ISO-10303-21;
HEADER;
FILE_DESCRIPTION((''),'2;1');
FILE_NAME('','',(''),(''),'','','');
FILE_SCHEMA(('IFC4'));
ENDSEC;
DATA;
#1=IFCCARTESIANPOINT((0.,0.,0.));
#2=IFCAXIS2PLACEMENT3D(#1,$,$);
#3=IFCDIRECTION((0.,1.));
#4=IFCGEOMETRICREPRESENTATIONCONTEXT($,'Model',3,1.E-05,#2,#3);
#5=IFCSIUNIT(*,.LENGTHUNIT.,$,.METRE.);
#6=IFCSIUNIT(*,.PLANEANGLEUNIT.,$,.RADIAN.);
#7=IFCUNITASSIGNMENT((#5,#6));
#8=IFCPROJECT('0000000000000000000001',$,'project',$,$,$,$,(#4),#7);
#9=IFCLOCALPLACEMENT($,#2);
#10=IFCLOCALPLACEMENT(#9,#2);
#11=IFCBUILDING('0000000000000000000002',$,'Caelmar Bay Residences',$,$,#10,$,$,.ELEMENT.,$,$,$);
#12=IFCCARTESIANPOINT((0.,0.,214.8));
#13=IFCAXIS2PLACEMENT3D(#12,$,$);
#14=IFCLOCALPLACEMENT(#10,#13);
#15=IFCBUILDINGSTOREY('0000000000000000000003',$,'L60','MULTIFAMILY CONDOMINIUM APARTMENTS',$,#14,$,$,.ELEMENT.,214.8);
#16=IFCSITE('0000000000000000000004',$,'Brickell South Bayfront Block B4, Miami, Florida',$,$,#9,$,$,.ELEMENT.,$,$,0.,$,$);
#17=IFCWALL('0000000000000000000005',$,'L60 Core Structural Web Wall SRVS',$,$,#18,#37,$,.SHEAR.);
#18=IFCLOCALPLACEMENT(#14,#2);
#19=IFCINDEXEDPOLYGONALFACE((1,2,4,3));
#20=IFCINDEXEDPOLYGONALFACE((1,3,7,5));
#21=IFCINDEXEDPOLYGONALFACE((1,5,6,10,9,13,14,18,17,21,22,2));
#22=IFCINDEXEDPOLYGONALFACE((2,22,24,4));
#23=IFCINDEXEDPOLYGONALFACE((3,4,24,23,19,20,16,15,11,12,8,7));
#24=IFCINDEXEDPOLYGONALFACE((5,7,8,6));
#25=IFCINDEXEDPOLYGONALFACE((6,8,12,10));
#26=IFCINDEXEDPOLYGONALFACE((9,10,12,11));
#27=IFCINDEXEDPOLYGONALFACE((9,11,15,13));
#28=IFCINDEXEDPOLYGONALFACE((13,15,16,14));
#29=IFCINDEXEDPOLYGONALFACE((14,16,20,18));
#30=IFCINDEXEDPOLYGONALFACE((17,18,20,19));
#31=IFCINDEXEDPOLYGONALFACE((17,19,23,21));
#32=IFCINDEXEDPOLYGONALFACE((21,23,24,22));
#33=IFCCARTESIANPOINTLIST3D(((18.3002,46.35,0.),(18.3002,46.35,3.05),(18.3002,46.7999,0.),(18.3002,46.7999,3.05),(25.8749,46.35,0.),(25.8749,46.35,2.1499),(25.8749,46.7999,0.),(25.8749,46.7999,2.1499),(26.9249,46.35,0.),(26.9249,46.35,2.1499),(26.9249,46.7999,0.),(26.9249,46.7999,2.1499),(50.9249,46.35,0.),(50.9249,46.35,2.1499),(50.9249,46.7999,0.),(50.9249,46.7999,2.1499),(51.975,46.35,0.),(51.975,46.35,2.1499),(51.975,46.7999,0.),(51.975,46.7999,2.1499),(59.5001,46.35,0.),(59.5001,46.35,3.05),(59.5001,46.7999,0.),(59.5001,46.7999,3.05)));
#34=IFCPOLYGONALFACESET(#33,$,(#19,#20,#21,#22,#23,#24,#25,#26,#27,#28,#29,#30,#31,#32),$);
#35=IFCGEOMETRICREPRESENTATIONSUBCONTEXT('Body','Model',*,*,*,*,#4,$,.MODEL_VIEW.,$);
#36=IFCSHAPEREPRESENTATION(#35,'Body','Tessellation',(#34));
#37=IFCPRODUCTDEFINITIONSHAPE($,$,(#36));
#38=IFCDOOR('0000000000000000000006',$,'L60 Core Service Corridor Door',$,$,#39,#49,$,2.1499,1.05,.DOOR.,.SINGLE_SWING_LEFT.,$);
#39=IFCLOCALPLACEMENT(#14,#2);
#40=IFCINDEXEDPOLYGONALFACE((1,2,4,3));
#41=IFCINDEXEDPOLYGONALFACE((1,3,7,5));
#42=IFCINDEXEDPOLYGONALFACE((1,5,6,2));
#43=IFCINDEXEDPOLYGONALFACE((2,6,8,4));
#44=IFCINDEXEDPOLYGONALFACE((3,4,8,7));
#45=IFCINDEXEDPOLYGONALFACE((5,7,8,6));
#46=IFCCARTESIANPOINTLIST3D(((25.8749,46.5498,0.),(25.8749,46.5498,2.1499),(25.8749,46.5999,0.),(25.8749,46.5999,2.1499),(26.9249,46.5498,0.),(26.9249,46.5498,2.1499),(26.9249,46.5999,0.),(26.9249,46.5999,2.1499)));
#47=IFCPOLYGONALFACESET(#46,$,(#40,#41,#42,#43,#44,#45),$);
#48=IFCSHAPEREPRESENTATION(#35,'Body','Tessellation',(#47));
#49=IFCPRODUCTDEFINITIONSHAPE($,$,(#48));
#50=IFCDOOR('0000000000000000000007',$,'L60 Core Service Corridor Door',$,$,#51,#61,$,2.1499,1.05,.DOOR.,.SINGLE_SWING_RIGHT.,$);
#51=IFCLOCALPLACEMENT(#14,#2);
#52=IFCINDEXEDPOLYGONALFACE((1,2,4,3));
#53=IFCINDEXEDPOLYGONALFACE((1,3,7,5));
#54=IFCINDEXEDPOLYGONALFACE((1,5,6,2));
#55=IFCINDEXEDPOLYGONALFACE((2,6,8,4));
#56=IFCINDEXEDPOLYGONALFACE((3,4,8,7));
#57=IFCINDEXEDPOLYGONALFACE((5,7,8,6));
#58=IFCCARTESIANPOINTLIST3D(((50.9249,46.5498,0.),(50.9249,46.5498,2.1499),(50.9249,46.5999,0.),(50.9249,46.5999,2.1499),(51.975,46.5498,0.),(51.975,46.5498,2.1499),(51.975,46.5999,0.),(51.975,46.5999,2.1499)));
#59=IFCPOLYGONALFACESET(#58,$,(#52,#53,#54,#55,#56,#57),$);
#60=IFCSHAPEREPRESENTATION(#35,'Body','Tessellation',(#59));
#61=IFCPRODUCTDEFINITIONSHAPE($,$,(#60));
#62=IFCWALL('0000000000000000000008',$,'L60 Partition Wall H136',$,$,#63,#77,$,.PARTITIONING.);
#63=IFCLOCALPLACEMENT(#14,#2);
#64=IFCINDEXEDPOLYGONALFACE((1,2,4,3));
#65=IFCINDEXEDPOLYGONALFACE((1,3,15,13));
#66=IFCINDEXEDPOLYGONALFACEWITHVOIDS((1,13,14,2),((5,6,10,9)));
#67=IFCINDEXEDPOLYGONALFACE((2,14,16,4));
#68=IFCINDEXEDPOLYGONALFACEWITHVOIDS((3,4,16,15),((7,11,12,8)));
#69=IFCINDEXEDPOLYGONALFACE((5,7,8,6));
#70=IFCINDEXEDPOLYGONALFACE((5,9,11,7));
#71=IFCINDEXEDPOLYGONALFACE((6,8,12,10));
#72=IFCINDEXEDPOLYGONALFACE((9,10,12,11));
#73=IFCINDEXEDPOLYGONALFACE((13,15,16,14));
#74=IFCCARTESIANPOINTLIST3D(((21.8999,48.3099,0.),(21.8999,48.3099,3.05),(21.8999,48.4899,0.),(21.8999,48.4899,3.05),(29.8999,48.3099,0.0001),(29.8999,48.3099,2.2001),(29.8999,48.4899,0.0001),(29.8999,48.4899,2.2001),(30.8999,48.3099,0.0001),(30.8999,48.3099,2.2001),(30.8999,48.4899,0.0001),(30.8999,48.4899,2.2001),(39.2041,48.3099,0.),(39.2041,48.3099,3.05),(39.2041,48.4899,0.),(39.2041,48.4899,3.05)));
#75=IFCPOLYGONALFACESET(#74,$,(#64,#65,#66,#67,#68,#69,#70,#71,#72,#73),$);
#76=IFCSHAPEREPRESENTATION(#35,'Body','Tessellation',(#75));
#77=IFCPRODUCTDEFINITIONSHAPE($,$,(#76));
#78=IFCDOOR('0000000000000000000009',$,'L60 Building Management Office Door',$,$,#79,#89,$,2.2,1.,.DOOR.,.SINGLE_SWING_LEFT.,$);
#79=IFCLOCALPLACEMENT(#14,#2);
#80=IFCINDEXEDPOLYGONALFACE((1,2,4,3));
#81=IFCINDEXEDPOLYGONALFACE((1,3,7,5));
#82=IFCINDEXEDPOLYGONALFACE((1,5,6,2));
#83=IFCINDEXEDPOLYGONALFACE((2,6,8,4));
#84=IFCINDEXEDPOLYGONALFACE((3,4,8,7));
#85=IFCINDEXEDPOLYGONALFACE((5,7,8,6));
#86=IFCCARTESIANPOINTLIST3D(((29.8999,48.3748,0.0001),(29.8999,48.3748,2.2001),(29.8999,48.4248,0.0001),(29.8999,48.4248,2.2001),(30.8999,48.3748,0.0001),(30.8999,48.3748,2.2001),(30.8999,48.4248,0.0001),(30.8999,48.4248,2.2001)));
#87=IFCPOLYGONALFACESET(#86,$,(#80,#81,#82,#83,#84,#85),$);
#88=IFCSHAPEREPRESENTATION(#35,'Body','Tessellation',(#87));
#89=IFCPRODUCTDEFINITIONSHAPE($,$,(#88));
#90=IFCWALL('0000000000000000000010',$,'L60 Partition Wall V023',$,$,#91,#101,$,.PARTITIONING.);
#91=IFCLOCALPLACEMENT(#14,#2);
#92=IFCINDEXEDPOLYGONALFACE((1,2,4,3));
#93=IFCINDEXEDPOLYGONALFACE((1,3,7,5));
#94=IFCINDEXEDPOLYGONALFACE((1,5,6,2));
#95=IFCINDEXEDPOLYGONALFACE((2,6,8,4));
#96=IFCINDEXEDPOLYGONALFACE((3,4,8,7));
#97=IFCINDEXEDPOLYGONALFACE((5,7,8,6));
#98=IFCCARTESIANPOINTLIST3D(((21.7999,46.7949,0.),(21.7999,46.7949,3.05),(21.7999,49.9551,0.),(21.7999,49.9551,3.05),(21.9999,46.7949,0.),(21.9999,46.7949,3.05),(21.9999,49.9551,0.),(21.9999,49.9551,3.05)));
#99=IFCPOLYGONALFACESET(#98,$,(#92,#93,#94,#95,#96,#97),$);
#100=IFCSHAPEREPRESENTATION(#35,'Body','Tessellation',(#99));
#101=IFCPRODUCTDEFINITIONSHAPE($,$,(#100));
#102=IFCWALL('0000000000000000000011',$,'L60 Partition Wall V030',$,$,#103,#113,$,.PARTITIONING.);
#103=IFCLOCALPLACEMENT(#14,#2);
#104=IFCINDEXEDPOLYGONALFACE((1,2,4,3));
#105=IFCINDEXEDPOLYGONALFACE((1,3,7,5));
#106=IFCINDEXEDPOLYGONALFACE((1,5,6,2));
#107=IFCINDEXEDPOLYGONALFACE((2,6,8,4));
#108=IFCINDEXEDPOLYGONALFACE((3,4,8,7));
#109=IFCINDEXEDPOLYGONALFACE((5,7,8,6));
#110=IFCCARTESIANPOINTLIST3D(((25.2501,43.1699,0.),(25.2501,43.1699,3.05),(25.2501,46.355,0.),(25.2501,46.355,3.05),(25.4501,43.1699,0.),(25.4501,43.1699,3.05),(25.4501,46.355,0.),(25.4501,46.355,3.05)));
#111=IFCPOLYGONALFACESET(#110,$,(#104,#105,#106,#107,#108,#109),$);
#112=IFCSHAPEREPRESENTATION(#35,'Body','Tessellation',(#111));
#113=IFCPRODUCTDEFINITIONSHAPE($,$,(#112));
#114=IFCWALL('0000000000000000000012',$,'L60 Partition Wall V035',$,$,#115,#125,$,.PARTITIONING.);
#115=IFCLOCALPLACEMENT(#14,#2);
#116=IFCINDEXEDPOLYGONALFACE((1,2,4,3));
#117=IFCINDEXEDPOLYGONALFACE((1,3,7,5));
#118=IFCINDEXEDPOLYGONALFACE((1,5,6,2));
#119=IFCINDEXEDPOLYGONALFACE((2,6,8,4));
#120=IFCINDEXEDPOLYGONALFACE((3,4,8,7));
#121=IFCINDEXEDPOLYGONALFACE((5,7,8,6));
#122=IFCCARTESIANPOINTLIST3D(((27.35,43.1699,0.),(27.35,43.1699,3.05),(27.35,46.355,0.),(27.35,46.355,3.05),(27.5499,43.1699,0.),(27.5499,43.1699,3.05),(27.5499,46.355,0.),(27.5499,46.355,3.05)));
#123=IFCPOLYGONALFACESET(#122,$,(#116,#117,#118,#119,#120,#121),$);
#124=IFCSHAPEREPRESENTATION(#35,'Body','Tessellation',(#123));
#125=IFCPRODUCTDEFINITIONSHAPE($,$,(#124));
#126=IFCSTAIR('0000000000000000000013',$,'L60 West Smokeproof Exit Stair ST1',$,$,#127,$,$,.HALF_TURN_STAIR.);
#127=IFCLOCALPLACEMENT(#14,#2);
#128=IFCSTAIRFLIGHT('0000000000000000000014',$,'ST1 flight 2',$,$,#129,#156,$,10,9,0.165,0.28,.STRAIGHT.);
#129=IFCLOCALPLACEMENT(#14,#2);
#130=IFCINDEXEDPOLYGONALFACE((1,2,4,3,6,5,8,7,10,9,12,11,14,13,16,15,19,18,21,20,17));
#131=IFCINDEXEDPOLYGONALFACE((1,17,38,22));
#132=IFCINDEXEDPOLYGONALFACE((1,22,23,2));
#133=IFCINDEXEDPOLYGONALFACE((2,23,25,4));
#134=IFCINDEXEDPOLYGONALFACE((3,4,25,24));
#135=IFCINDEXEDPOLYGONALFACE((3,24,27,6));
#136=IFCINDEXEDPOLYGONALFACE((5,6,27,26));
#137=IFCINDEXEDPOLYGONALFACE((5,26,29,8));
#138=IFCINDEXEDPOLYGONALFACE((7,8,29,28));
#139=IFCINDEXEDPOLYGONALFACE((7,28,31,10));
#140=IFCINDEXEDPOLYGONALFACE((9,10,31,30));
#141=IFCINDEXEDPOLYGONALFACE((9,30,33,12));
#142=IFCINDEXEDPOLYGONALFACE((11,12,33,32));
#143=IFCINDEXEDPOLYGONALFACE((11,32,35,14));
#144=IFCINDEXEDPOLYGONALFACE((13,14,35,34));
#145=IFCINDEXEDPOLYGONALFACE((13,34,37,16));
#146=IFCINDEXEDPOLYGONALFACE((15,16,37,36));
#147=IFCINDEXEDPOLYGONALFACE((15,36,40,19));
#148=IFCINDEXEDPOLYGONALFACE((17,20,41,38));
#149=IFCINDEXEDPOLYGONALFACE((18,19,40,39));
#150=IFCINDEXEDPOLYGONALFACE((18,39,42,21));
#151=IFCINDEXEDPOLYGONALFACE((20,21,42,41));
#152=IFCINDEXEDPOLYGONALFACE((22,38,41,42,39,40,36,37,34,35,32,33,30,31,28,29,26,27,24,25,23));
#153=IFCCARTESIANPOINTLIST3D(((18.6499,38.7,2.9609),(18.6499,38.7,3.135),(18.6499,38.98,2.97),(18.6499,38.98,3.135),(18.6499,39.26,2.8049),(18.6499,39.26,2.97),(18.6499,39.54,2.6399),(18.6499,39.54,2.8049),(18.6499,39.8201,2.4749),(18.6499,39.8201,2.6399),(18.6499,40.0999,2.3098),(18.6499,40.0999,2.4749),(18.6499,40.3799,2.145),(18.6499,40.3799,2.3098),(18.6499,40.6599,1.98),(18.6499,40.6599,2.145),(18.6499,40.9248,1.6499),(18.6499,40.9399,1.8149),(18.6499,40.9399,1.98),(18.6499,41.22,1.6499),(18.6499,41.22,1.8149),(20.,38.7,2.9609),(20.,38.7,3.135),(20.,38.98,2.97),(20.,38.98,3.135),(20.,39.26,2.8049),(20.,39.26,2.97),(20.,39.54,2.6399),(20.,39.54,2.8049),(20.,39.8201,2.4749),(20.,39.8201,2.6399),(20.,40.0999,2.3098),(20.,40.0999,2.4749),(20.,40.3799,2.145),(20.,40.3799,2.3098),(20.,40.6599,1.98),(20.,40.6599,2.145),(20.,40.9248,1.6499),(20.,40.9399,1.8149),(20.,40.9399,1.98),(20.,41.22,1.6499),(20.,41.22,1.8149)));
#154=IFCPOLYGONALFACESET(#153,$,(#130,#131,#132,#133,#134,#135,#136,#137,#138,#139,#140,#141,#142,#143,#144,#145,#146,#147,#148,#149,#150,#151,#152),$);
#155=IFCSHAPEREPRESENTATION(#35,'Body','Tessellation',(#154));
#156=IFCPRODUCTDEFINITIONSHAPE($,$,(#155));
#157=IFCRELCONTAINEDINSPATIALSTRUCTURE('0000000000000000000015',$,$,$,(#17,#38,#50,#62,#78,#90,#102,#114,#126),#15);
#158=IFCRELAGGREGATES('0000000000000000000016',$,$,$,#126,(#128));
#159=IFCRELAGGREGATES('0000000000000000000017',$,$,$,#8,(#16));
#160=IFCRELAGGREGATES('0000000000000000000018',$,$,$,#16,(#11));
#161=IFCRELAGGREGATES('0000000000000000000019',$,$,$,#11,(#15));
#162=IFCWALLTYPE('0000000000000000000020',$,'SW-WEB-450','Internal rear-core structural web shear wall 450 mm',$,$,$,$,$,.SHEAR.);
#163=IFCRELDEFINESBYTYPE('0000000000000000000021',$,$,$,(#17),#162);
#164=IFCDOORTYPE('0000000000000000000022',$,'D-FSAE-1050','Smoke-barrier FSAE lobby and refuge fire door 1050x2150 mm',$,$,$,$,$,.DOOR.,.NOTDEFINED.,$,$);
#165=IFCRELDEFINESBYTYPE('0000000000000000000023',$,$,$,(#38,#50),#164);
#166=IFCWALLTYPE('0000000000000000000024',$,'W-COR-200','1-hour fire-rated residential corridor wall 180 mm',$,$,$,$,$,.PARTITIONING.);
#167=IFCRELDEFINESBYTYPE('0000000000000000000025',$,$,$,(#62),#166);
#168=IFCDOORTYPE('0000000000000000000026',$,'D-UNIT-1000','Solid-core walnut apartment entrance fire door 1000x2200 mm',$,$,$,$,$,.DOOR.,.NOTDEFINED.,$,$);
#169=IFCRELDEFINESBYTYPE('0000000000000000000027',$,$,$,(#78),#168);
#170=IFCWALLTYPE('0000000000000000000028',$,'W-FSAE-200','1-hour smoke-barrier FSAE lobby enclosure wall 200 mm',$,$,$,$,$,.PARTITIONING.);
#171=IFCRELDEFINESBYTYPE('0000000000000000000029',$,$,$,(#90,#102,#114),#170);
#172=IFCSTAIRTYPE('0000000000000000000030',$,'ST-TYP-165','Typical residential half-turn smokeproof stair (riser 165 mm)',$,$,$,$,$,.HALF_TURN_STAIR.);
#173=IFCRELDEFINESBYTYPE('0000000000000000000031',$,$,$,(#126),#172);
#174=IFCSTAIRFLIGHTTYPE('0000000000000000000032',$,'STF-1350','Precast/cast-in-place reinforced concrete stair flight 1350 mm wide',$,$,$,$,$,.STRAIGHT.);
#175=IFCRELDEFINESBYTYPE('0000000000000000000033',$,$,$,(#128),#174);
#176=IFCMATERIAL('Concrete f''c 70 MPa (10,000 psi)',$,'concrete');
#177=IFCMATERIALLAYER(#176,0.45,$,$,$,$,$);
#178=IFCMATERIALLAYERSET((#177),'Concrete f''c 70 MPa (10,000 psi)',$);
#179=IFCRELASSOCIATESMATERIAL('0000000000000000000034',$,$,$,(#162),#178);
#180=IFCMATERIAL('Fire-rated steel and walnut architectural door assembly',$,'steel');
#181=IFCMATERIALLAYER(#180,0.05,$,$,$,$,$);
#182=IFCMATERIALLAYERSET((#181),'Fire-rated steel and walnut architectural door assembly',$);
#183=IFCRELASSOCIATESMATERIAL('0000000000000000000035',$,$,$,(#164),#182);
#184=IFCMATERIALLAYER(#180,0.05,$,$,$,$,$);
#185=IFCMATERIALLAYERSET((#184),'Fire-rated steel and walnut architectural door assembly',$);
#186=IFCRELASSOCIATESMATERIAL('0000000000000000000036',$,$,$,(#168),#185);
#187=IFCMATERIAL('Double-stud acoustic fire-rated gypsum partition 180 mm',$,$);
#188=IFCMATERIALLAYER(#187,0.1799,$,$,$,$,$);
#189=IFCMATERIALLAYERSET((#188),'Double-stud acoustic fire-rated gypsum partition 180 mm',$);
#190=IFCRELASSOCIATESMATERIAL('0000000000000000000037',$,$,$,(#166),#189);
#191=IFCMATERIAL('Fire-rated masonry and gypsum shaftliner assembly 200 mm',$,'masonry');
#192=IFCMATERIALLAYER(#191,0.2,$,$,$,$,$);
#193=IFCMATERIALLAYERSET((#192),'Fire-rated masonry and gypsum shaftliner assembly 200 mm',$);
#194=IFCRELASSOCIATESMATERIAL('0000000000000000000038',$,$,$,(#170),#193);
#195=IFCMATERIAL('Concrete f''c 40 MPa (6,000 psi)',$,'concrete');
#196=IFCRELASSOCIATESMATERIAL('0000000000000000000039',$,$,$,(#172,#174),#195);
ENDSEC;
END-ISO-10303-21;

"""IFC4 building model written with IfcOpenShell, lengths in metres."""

from ifc_helpers import new_model, si_unit, direction, frame, frame_2d, origin, place, context, subcontext, project, spatial, polyline, rectangle, outline, extrude, material, layer, layer_set, type_object, element, fill, aggregate, save


model = new_model("IFC4")

# Units and contexts
model_context = context("Model", 3, precision=1e-05, world=origin(), true_north=direction((0.0, 1.0)))
body_context = subcontext(model_context, "Body", "Model", "MODEL_VIEW")
ifc_project = project(units=[si_unit("LENGTHUNIT", "METRE"), si_unit("PLANEANGLEUNIT", "RADIAN")], contexts=[model_context])

# Site, building, storey
site_placement = place(None, origin())
site = spatial("IfcSite", under=ifc_project, at=site_placement, Name="Brickell South Bayfront Block B4, Miami, Florida", CompositionType="ELEMENT", RefElevation=0.0)
building_placement = place(site_placement, origin())
building = spatial("IfcBuilding", under=site, at=building_placement, Name="Caelmar Bay Residences", CompositionType="ELEMENT")
storey_placement = place(building_placement, frame((0.0, 0.0, 214.8)))
storey = spatial("IfcBuildingStorey", under=building, at=storey_placement, Name="L60", Description="MULTIFAMILY CONDOMINIUM APARTMENTS", CompositionType="ELEMENT", Elevation=214.8)

# Wall, openings, doors
ifc_material_1 = material(Name="Concrete f'c 70 MPa (10,000 psi)", Category="concrete")
ifc_layer_1 = layer(ifc_material_1, 0.45)
ifc_layer_set_1 = layer_set([ifc_layer_1], Name="Concrete f'c 70 MPa (10,000 psi)")
wall_type_1 = type_object("IfcWallType", Name="SW-WEB-450", Description="Internal rear-core structural web shear wall 450 mm", PredefinedType="SHEAR", material=ifc_layer_set_1)
ifc_material_2 = material(Name="Fire-rated steel and walnut architectural door assembly", Category="steel")
ifc_layer_2 = layer(ifc_material_2, 0.05)
ifc_layer_set_2 = layer_set([ifc_layer_2], Name="Fire-rated steel and walnut architectural door assembly")
door_type_1 = type_object("IfcDoorType", Name="D-FSAE-1050", Description="Smoke-barrier FSAE lobby and refuge fire door 1050x2150 mm", OperationType="NOTDEFINED", PredefinedType="DOOR", material=ifc_layer_set_2)
ifc_layer_3 = layer(ifc_material_2, 0.05)
ifc_layer_set_3 = layer_set([ifc_layer_3], Name="Fire-rated steel and walnut architectural door assembly")
door_type_2 = type_object("IfcDoorType", Name="D-UNIT-1000", Description="Solid-core walnut apartment entrance fire door 1000x2200 mm", OperationType="NOTDEFINED", PredefinedType="DOOR", material=ifc_layer_set_3)
wall_1_placement = place(storey_placement, frame((18.3, 46.575, 0.0), z_axis=(0.0, 0.0, 1.0), x_axis=(1.0, 0.0, 0.0)))
wall_1 = element("IfcWall", 1, at=wall_1_placement, inside=storey, type_object=wall_type_1, Name="L60 Core Structural Web Wall SRVS", PredefinedType="SHEAR", context=body_context, shape_type="SweptSolid", body=[
    extrude(rectangle(XDim=41.2, YDim=0.45, at=frame_2d((20.6001, 0.0))), origin(), (0.0, 0.0, 1.0), 3.05),
])
opening_1_placement = place(wall_1_placement, frame((7.575, 0.0, 0.0)))
opening_1 = element("IfcOpeningElement", 2, at=opening_1_placement, cuts=wall_1, PredefinedType="OPENING", context=body_context, shape_type="SweptSolid", body=[
    extrude(rectangle(XDim=1.05, YDim=2.1499, at=frame_2d((0.5249, 1.075))), frame((0.0, 0.2349, 0.0), z_axis=(0.0, -1.0, 0.0), x_axis=(1.0, 0.0, 0.0)), (0.0, 0.0, 1.0), 0.47),
])
opening_2_placement = place(wall_1_placement, frame((32.625, 0.0, 0.0)))
opening_2 = element("IfcOpeningElement", 3, at=opening_2_placement, cuts=wall_1, PredefinedType="OPENING", context=body_context, shape_type="SweptSolid", body=[
    extrude(rectangle(XDim=1.05, YDim=2.1499, at=frame_2d((0.5249, 1.075))), frame((0.0, 0.2349, 0.0), z_axis=(0.0, -1.0, 0.0), x_axis=(1.0, 0.0, 0.0)), (0.0, 0.0, 1.0), 0.47),
])
door_1_placement = place(opening_1_placement, origin())
door_1 = element("IfcDoor", 4, at=door_1_placement, inside=storey, type_object=door_type_1, Name="L60 Core Service Corridor Door", OperationType="SINGLE_SWING_LEFT", OverallHeight=2.1499, OverallWidth=1.05, PredefinedType="DOOR", context=body_context, shape_type="SweptSolid", body=[
    extrude(rectangle(XDim=1.05, YDim=2.1499, at=frame_2d((0.5249, 1.075))), frame((0.0, 0.0249, 0.0), z_axis=(0.0, -1.0, 0.0), x_axis=(1.0, 0.0, 0.0)), (0.0, 0.0, 1.0), 0.05),
])
fill(opening_1, door_1)
door_2_placement = place(opening_2_placement, origin())
door_2 = element("IfcDoor", 5, at=door_2_placement, inside=storey, type_object=door_type_1, Name="L60 Core Service Corridor Door", OperationType="SINGLE_SWING_RIGHT", OverallHeight=2.1499, OverallWidth=1.05, PredefinedType="DOOR", context=body_context, shape_type="SweptSolid", body=[
    extrude(rectangle(XDim=1.05, YDim=2.1499, at=frame_2d((0.5249, 1.075))), frame((0.0, 0.0249, 0.0), z_axis=(0.0, -1.0, 0.0), x_axis=(1.0, 0.0, 0.0)), (0.0, 0.0, 1.0), 0.05),
])
fill(opening_2, door_2)

# Wall, opening, door
ifc_material_3 = material(Name="Double-stud acoustic fire-rated gypsum partition 180 mm")
ifc_layer_4 = layer(ifc_material_3, 0.1799)
ifc_layer_set_4 = layer_set([ifc_layer_4], Name="Double-stud acoustic fire-rated gypsum partition 180 mm")
wall_type_2 = type_object("IfcWallType", Name="W-COR-200", Description="1-hour fire-rated residential corridor wall 180 mm", PredefinedType="PARTITIONING", material=ifc_layer_set_4)
wall_2_placement = place(storey_placement, frame((21.8999, 48.3999, 0.0), z_axis=(0.0, 0.0, 1.0), x_axis=(1.0, 0.0, 0.0)))
wall_2 = element("IfcWall", 6, at=wall_2_placement, inside=storey, type_object=wall_type_2, Name="L60 Partition Wall H136", PredefinedType="PARTITIONING", context=body_context, shape_type="SweptSolid", body=[
    extrude(rectangle(XDim=17.3042, YDim=0.1799, at=frame_2d((8.6521, 0.0))), origin(), (0.0, 0.0, 1.0), 3.05),
])
opening_3_placement = place(wall_2_placement, frame((8.0, 0.0, 0.0)))
opening_3 = element("IfcOpeningElement", 7, at=opening_3_placement, cuts=wall_2, PredefinedType="OPENING", context=body_context, shape_type="SweptSolid", body=[
    extrude(rectangle(XDim=1.0, YDim=2.2, at=frame_2d((0.5, 1.1001))), frame((0.0, 0.0999, 0.0), z_axis=(0.0, -1.0, 0.0), x_axis=(1.0, 0.0, 0.0)), (0.0, 0.0, 1.0), 0.2),
])
door_3_placement = place(opening_3_placement, origin())
door_3 = element("IfcDoor", 8, at=door_3_placement, inside=storey, type_object=door_type_2, Name="L60 Building Management Office Door", OperationType="SINGLE_SWING_LEFT", OverallHeight=2.2, OverallWidth=1.0, PredefinedType="DOOR", context=body_context, shape_type="SweptSolid", body=[
    extrude(rectangle(XDim=1.0, YDim=2.2, at=frame_2d((0.5, 1.1001))), frame((0.0, 0.0249, 0.0), z_axis=(0.0, -1.0, 0.0), x_axis=(1.0, 0.0, 0.0)), (0.0, 0.0, 1.0), 0.05),
])
fill(opening_3, door_3)

# Walls
ifc_material_4 = material(Name="Fire-rated masonry and gypsum shaftliner assembly 200 mm", Category="masonry")
ifc_layer_5 = layer(ifc_material_4, 0.2)
ifc_layer_set_5 = layer_set([ifc_layer_5], Name="Fire-rated masonry and gypsum shaftliner assembly 200 mm")
wall_type_3 = type_object("IfcWallType", Name="W-FSAE-200", Description="1-hour smoke-barrier FSAE lobby enclosure wall 200 mm", PredefinedType="PARTITIONING", material=ifc_layer_set_5)
wall_3_placement = place(storey_placement, frame((21.8999, 46.7949, 0.0), z_axis=(0.0, 0.0, 1.0), x_axis=(0.0, 1.0, 0.0)))
element("IfcWall", 9, at=wall_3_placement, inside=storey, type_object=wall_type_3, Name="L60 Partition Wall V023", PredefinedType="PARTITIONING", context=body_context, shape_type="SweptSolid", body=[
    extrude(rectangle(XDim=3.1602, YDim=0.2, at=frame_2d((1.5801, 0.0))), origin(), (0.0, 0.0, 1.0), 3.05),
])
for number, where, z_axis, x_axis, name in (
    (10, (25.3501, 43.1699, 0.0), (0.0, 0.0, 1.0), (0.0, 1.0, 0.0), "L60 Partition Wall V030"),
    (11, (27.45, 43.1699, 0.0), (0.0, 0.0, 1.0), (0.0, 1.0, 0.0), "L60 Partition Wall V035"),
):
    element("IfcWall", number, at=place(storey_placement, frame(where, z_axis=z_axis, x_axis=x_axis)), inside=storey, type_object=wall_type_3, Name=name, PredefinedType="PARTITIONING", context=body_context, shape_type="SweptSolid", body=[
        extrude(rectangle(XDim=3.1851, YDim=0.2, at=frame_2d((1.5925, 0.0))), origin(), (0.0, 0.0, 1.0), 3.05),
    ])

# Stair, stair flight
ifc_material_5 = material(Name="Concrete f'c 40 MPa (6,000 psi)", Category="concrete")
stair_type = type_object("IfcStairType", Name="ST-TYP-165", Description="Typical residential half-turn smokeproof stair (riser 165 mm)", PredefinedType="HALF_TURN_STAIR", material=ifc_material_5)
stair_1_placement = place(storey_placement, origin())
stair_1 = element("IfcStair", 12, at=stair_1_placement, inside=storey, type_object=stair_type, Name="L60 West Smokeproof Exit Stair ST1", PredefinedType="HALF_TURN_STAIR")
stair_flight_type = type_object("IfcStairFlightType", Name="STF-1350", Description="Precast/cast-in-place reinforced concrete stair flight 1350 mm wide", PredefinedType="STRAIGHT", material=ifc_material_5)
stair_flight_1_placement = place(storey_placement, frame((19.325, 41.22, 1.6499), z_axis=(0.0, 0.0, 1.0), x_axis=(0.0, -1.0, 0.0)))
stair_flight_1 = element("IfcStairFlight", 13, at=stair_flight_1_placement, type_object=stair_flight_type, Name="ST1 flight 2", NumberOfRisers=10, NumberOfTreads=9, PredefinedType="STRAIGHT", RiserHeight=0.165, TreadLength=0.28, context=body_context, shape_type="SweptSolid", body=[
    extrude(outline(polyline([(0.0, 0.0), (0.0, 0.165), (0.28, 0.165), (0.28, 0.3301), (0.5601, 0.3301), (0.5601, 0.4951), (0.8401, 0.4951), (0.8401, 0.6599), (1.1201, 0.6599), (1.1201, 0.825), (1.3999, 0.825), (1.3999, 0.99), (1.6799, 0.99), (1.6799, 1.155), (1.96, 1.155), (1.96, 1.3201), (2.24, 1.3201), (2.24, 1.4851), (2.52, 1.4851), (2.52, 1.6499), (2.52, 1.311), (0.2952, 0.0), (0.0, 0.0)])), frame((0.0, 0.675, 0.0), z_axis=(0.0, -1.0, 0.0), x_axis=(1.0, 0.0, 0.0)), (0.0, 0.0, 1.0), 1.3501),
])
aggregate(stair_1, [stair_flight_1])

save(model, "model.ifc")
